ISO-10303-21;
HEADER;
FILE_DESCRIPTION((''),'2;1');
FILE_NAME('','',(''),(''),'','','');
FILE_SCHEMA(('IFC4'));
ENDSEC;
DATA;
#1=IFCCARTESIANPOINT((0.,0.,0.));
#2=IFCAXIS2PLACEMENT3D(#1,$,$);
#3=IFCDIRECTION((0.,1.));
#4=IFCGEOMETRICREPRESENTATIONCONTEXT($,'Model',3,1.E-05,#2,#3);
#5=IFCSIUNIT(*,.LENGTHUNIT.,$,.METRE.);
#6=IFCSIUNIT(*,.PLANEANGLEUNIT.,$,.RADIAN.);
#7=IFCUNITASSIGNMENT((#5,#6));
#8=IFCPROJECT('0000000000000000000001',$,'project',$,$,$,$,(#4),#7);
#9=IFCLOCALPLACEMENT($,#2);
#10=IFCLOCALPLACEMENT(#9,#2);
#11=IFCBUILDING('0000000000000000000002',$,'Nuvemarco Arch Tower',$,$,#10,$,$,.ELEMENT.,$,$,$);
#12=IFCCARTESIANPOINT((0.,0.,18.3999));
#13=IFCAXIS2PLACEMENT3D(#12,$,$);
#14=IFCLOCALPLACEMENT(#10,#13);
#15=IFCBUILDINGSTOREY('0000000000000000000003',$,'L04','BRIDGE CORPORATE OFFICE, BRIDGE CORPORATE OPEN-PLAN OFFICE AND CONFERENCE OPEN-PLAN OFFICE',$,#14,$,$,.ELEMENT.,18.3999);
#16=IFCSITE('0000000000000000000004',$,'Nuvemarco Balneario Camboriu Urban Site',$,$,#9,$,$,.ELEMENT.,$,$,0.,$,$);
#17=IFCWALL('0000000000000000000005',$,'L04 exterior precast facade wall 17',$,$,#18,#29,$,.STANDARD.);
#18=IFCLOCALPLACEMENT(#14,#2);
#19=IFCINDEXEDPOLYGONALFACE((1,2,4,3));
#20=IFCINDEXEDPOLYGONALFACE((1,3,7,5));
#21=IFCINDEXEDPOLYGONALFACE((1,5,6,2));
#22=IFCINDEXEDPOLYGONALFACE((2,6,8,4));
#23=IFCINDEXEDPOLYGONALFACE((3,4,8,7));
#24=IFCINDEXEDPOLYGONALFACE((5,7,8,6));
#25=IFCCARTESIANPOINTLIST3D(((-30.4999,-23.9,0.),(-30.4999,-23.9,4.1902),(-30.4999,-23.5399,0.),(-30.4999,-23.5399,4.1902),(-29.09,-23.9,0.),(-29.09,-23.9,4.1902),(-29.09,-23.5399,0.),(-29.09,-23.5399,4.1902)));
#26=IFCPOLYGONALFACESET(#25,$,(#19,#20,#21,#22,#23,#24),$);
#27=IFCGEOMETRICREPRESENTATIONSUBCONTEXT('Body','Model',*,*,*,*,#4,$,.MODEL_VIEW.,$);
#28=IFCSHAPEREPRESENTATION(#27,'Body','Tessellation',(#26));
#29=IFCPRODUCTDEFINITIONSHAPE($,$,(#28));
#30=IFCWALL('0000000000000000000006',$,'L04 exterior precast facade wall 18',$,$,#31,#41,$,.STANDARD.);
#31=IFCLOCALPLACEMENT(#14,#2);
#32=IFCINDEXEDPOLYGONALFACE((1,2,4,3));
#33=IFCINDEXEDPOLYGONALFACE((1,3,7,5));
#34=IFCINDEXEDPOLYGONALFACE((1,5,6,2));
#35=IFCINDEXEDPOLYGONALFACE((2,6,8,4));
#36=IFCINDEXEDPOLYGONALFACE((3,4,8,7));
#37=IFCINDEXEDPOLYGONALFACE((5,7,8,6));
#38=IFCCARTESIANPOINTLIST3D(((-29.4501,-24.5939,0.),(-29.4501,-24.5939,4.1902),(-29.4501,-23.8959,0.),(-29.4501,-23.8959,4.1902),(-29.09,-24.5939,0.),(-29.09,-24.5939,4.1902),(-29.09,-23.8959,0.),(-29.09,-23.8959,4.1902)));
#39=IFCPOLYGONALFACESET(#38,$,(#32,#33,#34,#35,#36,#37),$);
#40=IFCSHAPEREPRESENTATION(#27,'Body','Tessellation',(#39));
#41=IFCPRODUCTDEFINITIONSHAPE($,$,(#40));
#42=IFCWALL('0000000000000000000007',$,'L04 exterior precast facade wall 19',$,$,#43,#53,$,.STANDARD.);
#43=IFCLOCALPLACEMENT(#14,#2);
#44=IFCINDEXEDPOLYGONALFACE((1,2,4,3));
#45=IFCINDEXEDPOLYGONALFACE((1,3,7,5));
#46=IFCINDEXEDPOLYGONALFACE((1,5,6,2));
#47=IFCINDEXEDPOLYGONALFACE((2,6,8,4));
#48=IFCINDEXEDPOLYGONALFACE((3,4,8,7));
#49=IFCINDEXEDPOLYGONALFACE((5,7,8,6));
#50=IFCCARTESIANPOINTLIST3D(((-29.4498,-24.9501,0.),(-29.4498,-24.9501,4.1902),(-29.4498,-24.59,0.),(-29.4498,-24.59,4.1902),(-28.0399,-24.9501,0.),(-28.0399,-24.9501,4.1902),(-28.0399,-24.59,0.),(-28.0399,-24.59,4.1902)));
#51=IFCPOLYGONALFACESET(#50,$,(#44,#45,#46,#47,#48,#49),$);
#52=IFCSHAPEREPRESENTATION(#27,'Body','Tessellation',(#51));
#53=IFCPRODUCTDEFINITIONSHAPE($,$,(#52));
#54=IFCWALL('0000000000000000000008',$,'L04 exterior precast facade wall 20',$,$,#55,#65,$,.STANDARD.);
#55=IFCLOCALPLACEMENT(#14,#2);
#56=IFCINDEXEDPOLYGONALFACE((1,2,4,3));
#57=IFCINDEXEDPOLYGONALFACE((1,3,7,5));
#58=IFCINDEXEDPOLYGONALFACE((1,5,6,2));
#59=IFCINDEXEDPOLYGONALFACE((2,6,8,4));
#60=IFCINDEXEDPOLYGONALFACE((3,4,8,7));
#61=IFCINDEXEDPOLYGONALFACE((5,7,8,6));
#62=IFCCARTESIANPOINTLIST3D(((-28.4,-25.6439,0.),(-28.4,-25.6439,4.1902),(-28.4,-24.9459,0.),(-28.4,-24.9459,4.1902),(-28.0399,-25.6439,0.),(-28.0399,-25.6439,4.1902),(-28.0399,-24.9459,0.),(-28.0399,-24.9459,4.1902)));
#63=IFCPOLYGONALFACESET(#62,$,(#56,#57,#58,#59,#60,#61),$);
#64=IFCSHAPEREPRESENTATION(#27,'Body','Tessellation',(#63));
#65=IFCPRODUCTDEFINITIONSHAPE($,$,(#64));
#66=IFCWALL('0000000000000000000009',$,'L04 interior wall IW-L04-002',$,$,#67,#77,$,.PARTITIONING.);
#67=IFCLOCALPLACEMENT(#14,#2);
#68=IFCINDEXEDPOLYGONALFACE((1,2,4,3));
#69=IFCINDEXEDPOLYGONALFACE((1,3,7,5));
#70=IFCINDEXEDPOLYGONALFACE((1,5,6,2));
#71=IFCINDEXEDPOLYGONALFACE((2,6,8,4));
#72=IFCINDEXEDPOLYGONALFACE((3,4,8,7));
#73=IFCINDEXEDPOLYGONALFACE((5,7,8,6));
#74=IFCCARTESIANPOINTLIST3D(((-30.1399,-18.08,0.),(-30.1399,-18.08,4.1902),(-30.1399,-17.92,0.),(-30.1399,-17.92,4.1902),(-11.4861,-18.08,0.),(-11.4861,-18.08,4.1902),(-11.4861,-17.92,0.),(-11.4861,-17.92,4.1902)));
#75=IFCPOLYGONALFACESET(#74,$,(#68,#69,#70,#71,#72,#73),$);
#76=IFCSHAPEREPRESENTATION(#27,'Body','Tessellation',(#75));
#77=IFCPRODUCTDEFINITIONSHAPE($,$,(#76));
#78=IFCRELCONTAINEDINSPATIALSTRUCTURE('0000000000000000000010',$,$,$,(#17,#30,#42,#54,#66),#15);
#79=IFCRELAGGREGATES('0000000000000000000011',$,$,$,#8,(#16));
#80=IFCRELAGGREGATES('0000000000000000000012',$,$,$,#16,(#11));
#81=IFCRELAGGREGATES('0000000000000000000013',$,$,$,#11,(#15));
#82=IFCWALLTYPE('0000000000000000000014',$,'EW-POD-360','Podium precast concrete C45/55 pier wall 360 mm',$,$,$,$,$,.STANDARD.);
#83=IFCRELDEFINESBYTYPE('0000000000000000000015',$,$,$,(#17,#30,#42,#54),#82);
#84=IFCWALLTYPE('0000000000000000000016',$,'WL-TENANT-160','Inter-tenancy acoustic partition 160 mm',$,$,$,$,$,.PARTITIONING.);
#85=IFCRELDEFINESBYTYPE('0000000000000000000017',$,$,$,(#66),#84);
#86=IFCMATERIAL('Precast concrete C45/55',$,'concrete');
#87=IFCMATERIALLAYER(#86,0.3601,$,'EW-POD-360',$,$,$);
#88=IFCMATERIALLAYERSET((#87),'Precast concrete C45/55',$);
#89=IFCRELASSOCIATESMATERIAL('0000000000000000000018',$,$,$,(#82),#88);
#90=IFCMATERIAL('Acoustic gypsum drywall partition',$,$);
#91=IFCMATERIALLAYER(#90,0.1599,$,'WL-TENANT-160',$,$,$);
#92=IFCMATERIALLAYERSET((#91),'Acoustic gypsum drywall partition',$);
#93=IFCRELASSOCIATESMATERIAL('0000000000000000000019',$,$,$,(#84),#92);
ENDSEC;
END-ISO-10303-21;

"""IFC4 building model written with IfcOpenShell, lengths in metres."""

from ifc_helpers import new_model, si_unit, direction, frame, frame_2d, origin, place, context, subcontext, project, spatial, rectangle, extrude, material, layer, layer_set, type_object, element, save


model = new_model("IFC4")

# Units and contexts
model_context = context("Model", 3, precision=1e-05, world=origin(), true_north=direction((0.0, 1.0)))
body_context = subcontext(model_context, "Body", "Model", "MODEL_VIEW")
ifc_project = project(units=[si_unit("LENGTHUNIT", "METRE"), si_unit("PLANEANGLEUNIT", "RADIAN")], contexts=[model_context])

# Site, building, storey
site_placement = place(None, origin())
site = spatial("IfcSite", under=ifc_project, at=site_placement, Name="Nuvemarco Balneario Camboriu Urban Site", CompositionType="ELEMENT", RefElevation=0.0)
building_placement = place(site_placement, origin())
building = spatial("IfcBuilding", under=site, at=building_placement, Name="Nuvemarco Arch Tower", CompositionType="ELEMENT")
storey_placement = place(building_placement, frame((0.0, 0.0, 18.3999)))
storey = spatial("IfcBuildingStorey", under=building, at=storey_placement, Name="L04", Description="BRIDGE CORPORATE OFFICE, BRIDGE CORPORATE OPEN-PLAN OFFICE AND CONFERENCE OPEN-PLAN OFFICE", CompositionType="ELEMENT", Elevation=18.3999)

# Shared definitions
ifc_material_1 = material(Name="Precast concrete C45/55", Category="concrete")

# Shared definitions
ifc_layer_1 = layer(ifc_material_1, 0.3601, Name="EW-POD-360")
ifc_layer_set_1 = layer_set([ifc_layer_1], Name="Precast concrete C45/55")
wall_type_1 = type_object("IfcWallType", Name="EW-POD-360", Description="Podium precast concrete C45/55 pier wall 360 mm", PredefinedType="STANDARD", material=ifc_layer_set_1)

# Walls
wall_1_placement = place(storey_placement, frame((-30.5, -23.72, 0.0), z_axis=(0.0, 0.0, 1.0), x_axis=(1.0, 0.0, 0.0)))
element("IfcWall", 1, at=wall_1_placement, inside=storey, type_object=wall_type_1, Name="L04 exterior precast facade wall 17", PredefinedType="STANDARD", context=body_context, shape_type="SweptSolid", body=[
    extrude(rectangle(XDim=1.4099, YDim=0.3601, at=frame_2d((0.7051, 0.0))), origin(), (0.0, 0.0, 1.0), 4.1902),
])
wall_2_placement = place(storey_placement, frame((-29.27, -24.594, 0.0), z_axis=(0.0, 0.0, 1.0), x_axis=(0.0, 1.0, 0.0)))
element("IfcWall", 2, at=wall_2_placement, inside=storey, type_object=wall_type_1, Name="L04 exterior precast facade wall 18", PredefinedType="STANDARD", context=body_context, shape_type="SweptSolid", body=[
    extrude(rectangle(XDim=0.698, YDim=0.3601, at=frame_2d((0.3491, 0.0))), origin(), (0.0, 0.0, 1.0), 4.1902),
])
wall_3_placement = place(storey_placement, frame((-29.45, -24.77, 0.0), z_axis=(0.0, 0.0, 1.0), x_axis=(1.0, 0.0, 0.0)))
element("IfcWall", 3, at=wall_3_placement, inside=storey, type_object=wall_type_1, Name="L04 exterior precast facade wall 19", PredefinedType="STANDARD", context=body_context, shape_type="SweptSolid", body=[
    extrude(rectangle(XDim=1.4099, YDim=0.3601, at=frame_2d((0.7051, 0.0))), origin(), (0.0, 0.0, 1.0), 4.1902),
])
wall_4_placement = place(storey_placement, frame((-28.22, -25.644, 0.0), z_axis=(0.0, 0.0, 1.0), x_axis=(0.0, 1.0, 0.0)))
element("IfcWall", 4, at=wall_4_placement, inside=storey, type_object=wall_type_1, Name="L04 exterior precast facade wall 20", PredefinedType="STANDARD", context=body_context, shape_type="SweptSolid", body=[
    extrude(rectangle(XDim=0.698, YDim=0.3601, at=frame_2d((0.3491, 0.0))), origin(), (0.0, 0.0, 1.0), 4.1902),
])
ifc_material_2 = material(Name="Acoustic gypsum drywall partition")
ifc_layer_2 = layer(ifc_material_2, 0.1599, Name="WL-TENANT-160")
ifc_layer_set_2 = layer_set([ifc_layer_2], Name="Acoustic gypsum drywall partition")
wall_type_2 = type_object("IfcWallType", Name="WL-TENANT-160", Description="Inter-tenancy acoustic partition 160 mm", PredefinedType="PARTITIONING", material=ifc_layer_set_2)
wall_5_placement = place(storey_placement, frame((-30.1399, -18.0, 0.0), z_axis=(0.0, 0.0, 1.0), x_axis=(1.0, 0.0, 0.0)))
element("IfcWall", 5, at=wall_5_placement, inside=storey, type_object=wall_type_2, Name="L04 interior wall IW-L04-002", PredefinedType="PARTITIONING", context=body_context, shape_type="SweptSolid", body=[
    extrude(rectangle(XDim=18.6538, YDim=0.1599, at=frame_2d((9.3269, 0.0))), origin(), (0.0, 0.0, 1.0), 4.1902),
])

save(model, "model.ifc")
